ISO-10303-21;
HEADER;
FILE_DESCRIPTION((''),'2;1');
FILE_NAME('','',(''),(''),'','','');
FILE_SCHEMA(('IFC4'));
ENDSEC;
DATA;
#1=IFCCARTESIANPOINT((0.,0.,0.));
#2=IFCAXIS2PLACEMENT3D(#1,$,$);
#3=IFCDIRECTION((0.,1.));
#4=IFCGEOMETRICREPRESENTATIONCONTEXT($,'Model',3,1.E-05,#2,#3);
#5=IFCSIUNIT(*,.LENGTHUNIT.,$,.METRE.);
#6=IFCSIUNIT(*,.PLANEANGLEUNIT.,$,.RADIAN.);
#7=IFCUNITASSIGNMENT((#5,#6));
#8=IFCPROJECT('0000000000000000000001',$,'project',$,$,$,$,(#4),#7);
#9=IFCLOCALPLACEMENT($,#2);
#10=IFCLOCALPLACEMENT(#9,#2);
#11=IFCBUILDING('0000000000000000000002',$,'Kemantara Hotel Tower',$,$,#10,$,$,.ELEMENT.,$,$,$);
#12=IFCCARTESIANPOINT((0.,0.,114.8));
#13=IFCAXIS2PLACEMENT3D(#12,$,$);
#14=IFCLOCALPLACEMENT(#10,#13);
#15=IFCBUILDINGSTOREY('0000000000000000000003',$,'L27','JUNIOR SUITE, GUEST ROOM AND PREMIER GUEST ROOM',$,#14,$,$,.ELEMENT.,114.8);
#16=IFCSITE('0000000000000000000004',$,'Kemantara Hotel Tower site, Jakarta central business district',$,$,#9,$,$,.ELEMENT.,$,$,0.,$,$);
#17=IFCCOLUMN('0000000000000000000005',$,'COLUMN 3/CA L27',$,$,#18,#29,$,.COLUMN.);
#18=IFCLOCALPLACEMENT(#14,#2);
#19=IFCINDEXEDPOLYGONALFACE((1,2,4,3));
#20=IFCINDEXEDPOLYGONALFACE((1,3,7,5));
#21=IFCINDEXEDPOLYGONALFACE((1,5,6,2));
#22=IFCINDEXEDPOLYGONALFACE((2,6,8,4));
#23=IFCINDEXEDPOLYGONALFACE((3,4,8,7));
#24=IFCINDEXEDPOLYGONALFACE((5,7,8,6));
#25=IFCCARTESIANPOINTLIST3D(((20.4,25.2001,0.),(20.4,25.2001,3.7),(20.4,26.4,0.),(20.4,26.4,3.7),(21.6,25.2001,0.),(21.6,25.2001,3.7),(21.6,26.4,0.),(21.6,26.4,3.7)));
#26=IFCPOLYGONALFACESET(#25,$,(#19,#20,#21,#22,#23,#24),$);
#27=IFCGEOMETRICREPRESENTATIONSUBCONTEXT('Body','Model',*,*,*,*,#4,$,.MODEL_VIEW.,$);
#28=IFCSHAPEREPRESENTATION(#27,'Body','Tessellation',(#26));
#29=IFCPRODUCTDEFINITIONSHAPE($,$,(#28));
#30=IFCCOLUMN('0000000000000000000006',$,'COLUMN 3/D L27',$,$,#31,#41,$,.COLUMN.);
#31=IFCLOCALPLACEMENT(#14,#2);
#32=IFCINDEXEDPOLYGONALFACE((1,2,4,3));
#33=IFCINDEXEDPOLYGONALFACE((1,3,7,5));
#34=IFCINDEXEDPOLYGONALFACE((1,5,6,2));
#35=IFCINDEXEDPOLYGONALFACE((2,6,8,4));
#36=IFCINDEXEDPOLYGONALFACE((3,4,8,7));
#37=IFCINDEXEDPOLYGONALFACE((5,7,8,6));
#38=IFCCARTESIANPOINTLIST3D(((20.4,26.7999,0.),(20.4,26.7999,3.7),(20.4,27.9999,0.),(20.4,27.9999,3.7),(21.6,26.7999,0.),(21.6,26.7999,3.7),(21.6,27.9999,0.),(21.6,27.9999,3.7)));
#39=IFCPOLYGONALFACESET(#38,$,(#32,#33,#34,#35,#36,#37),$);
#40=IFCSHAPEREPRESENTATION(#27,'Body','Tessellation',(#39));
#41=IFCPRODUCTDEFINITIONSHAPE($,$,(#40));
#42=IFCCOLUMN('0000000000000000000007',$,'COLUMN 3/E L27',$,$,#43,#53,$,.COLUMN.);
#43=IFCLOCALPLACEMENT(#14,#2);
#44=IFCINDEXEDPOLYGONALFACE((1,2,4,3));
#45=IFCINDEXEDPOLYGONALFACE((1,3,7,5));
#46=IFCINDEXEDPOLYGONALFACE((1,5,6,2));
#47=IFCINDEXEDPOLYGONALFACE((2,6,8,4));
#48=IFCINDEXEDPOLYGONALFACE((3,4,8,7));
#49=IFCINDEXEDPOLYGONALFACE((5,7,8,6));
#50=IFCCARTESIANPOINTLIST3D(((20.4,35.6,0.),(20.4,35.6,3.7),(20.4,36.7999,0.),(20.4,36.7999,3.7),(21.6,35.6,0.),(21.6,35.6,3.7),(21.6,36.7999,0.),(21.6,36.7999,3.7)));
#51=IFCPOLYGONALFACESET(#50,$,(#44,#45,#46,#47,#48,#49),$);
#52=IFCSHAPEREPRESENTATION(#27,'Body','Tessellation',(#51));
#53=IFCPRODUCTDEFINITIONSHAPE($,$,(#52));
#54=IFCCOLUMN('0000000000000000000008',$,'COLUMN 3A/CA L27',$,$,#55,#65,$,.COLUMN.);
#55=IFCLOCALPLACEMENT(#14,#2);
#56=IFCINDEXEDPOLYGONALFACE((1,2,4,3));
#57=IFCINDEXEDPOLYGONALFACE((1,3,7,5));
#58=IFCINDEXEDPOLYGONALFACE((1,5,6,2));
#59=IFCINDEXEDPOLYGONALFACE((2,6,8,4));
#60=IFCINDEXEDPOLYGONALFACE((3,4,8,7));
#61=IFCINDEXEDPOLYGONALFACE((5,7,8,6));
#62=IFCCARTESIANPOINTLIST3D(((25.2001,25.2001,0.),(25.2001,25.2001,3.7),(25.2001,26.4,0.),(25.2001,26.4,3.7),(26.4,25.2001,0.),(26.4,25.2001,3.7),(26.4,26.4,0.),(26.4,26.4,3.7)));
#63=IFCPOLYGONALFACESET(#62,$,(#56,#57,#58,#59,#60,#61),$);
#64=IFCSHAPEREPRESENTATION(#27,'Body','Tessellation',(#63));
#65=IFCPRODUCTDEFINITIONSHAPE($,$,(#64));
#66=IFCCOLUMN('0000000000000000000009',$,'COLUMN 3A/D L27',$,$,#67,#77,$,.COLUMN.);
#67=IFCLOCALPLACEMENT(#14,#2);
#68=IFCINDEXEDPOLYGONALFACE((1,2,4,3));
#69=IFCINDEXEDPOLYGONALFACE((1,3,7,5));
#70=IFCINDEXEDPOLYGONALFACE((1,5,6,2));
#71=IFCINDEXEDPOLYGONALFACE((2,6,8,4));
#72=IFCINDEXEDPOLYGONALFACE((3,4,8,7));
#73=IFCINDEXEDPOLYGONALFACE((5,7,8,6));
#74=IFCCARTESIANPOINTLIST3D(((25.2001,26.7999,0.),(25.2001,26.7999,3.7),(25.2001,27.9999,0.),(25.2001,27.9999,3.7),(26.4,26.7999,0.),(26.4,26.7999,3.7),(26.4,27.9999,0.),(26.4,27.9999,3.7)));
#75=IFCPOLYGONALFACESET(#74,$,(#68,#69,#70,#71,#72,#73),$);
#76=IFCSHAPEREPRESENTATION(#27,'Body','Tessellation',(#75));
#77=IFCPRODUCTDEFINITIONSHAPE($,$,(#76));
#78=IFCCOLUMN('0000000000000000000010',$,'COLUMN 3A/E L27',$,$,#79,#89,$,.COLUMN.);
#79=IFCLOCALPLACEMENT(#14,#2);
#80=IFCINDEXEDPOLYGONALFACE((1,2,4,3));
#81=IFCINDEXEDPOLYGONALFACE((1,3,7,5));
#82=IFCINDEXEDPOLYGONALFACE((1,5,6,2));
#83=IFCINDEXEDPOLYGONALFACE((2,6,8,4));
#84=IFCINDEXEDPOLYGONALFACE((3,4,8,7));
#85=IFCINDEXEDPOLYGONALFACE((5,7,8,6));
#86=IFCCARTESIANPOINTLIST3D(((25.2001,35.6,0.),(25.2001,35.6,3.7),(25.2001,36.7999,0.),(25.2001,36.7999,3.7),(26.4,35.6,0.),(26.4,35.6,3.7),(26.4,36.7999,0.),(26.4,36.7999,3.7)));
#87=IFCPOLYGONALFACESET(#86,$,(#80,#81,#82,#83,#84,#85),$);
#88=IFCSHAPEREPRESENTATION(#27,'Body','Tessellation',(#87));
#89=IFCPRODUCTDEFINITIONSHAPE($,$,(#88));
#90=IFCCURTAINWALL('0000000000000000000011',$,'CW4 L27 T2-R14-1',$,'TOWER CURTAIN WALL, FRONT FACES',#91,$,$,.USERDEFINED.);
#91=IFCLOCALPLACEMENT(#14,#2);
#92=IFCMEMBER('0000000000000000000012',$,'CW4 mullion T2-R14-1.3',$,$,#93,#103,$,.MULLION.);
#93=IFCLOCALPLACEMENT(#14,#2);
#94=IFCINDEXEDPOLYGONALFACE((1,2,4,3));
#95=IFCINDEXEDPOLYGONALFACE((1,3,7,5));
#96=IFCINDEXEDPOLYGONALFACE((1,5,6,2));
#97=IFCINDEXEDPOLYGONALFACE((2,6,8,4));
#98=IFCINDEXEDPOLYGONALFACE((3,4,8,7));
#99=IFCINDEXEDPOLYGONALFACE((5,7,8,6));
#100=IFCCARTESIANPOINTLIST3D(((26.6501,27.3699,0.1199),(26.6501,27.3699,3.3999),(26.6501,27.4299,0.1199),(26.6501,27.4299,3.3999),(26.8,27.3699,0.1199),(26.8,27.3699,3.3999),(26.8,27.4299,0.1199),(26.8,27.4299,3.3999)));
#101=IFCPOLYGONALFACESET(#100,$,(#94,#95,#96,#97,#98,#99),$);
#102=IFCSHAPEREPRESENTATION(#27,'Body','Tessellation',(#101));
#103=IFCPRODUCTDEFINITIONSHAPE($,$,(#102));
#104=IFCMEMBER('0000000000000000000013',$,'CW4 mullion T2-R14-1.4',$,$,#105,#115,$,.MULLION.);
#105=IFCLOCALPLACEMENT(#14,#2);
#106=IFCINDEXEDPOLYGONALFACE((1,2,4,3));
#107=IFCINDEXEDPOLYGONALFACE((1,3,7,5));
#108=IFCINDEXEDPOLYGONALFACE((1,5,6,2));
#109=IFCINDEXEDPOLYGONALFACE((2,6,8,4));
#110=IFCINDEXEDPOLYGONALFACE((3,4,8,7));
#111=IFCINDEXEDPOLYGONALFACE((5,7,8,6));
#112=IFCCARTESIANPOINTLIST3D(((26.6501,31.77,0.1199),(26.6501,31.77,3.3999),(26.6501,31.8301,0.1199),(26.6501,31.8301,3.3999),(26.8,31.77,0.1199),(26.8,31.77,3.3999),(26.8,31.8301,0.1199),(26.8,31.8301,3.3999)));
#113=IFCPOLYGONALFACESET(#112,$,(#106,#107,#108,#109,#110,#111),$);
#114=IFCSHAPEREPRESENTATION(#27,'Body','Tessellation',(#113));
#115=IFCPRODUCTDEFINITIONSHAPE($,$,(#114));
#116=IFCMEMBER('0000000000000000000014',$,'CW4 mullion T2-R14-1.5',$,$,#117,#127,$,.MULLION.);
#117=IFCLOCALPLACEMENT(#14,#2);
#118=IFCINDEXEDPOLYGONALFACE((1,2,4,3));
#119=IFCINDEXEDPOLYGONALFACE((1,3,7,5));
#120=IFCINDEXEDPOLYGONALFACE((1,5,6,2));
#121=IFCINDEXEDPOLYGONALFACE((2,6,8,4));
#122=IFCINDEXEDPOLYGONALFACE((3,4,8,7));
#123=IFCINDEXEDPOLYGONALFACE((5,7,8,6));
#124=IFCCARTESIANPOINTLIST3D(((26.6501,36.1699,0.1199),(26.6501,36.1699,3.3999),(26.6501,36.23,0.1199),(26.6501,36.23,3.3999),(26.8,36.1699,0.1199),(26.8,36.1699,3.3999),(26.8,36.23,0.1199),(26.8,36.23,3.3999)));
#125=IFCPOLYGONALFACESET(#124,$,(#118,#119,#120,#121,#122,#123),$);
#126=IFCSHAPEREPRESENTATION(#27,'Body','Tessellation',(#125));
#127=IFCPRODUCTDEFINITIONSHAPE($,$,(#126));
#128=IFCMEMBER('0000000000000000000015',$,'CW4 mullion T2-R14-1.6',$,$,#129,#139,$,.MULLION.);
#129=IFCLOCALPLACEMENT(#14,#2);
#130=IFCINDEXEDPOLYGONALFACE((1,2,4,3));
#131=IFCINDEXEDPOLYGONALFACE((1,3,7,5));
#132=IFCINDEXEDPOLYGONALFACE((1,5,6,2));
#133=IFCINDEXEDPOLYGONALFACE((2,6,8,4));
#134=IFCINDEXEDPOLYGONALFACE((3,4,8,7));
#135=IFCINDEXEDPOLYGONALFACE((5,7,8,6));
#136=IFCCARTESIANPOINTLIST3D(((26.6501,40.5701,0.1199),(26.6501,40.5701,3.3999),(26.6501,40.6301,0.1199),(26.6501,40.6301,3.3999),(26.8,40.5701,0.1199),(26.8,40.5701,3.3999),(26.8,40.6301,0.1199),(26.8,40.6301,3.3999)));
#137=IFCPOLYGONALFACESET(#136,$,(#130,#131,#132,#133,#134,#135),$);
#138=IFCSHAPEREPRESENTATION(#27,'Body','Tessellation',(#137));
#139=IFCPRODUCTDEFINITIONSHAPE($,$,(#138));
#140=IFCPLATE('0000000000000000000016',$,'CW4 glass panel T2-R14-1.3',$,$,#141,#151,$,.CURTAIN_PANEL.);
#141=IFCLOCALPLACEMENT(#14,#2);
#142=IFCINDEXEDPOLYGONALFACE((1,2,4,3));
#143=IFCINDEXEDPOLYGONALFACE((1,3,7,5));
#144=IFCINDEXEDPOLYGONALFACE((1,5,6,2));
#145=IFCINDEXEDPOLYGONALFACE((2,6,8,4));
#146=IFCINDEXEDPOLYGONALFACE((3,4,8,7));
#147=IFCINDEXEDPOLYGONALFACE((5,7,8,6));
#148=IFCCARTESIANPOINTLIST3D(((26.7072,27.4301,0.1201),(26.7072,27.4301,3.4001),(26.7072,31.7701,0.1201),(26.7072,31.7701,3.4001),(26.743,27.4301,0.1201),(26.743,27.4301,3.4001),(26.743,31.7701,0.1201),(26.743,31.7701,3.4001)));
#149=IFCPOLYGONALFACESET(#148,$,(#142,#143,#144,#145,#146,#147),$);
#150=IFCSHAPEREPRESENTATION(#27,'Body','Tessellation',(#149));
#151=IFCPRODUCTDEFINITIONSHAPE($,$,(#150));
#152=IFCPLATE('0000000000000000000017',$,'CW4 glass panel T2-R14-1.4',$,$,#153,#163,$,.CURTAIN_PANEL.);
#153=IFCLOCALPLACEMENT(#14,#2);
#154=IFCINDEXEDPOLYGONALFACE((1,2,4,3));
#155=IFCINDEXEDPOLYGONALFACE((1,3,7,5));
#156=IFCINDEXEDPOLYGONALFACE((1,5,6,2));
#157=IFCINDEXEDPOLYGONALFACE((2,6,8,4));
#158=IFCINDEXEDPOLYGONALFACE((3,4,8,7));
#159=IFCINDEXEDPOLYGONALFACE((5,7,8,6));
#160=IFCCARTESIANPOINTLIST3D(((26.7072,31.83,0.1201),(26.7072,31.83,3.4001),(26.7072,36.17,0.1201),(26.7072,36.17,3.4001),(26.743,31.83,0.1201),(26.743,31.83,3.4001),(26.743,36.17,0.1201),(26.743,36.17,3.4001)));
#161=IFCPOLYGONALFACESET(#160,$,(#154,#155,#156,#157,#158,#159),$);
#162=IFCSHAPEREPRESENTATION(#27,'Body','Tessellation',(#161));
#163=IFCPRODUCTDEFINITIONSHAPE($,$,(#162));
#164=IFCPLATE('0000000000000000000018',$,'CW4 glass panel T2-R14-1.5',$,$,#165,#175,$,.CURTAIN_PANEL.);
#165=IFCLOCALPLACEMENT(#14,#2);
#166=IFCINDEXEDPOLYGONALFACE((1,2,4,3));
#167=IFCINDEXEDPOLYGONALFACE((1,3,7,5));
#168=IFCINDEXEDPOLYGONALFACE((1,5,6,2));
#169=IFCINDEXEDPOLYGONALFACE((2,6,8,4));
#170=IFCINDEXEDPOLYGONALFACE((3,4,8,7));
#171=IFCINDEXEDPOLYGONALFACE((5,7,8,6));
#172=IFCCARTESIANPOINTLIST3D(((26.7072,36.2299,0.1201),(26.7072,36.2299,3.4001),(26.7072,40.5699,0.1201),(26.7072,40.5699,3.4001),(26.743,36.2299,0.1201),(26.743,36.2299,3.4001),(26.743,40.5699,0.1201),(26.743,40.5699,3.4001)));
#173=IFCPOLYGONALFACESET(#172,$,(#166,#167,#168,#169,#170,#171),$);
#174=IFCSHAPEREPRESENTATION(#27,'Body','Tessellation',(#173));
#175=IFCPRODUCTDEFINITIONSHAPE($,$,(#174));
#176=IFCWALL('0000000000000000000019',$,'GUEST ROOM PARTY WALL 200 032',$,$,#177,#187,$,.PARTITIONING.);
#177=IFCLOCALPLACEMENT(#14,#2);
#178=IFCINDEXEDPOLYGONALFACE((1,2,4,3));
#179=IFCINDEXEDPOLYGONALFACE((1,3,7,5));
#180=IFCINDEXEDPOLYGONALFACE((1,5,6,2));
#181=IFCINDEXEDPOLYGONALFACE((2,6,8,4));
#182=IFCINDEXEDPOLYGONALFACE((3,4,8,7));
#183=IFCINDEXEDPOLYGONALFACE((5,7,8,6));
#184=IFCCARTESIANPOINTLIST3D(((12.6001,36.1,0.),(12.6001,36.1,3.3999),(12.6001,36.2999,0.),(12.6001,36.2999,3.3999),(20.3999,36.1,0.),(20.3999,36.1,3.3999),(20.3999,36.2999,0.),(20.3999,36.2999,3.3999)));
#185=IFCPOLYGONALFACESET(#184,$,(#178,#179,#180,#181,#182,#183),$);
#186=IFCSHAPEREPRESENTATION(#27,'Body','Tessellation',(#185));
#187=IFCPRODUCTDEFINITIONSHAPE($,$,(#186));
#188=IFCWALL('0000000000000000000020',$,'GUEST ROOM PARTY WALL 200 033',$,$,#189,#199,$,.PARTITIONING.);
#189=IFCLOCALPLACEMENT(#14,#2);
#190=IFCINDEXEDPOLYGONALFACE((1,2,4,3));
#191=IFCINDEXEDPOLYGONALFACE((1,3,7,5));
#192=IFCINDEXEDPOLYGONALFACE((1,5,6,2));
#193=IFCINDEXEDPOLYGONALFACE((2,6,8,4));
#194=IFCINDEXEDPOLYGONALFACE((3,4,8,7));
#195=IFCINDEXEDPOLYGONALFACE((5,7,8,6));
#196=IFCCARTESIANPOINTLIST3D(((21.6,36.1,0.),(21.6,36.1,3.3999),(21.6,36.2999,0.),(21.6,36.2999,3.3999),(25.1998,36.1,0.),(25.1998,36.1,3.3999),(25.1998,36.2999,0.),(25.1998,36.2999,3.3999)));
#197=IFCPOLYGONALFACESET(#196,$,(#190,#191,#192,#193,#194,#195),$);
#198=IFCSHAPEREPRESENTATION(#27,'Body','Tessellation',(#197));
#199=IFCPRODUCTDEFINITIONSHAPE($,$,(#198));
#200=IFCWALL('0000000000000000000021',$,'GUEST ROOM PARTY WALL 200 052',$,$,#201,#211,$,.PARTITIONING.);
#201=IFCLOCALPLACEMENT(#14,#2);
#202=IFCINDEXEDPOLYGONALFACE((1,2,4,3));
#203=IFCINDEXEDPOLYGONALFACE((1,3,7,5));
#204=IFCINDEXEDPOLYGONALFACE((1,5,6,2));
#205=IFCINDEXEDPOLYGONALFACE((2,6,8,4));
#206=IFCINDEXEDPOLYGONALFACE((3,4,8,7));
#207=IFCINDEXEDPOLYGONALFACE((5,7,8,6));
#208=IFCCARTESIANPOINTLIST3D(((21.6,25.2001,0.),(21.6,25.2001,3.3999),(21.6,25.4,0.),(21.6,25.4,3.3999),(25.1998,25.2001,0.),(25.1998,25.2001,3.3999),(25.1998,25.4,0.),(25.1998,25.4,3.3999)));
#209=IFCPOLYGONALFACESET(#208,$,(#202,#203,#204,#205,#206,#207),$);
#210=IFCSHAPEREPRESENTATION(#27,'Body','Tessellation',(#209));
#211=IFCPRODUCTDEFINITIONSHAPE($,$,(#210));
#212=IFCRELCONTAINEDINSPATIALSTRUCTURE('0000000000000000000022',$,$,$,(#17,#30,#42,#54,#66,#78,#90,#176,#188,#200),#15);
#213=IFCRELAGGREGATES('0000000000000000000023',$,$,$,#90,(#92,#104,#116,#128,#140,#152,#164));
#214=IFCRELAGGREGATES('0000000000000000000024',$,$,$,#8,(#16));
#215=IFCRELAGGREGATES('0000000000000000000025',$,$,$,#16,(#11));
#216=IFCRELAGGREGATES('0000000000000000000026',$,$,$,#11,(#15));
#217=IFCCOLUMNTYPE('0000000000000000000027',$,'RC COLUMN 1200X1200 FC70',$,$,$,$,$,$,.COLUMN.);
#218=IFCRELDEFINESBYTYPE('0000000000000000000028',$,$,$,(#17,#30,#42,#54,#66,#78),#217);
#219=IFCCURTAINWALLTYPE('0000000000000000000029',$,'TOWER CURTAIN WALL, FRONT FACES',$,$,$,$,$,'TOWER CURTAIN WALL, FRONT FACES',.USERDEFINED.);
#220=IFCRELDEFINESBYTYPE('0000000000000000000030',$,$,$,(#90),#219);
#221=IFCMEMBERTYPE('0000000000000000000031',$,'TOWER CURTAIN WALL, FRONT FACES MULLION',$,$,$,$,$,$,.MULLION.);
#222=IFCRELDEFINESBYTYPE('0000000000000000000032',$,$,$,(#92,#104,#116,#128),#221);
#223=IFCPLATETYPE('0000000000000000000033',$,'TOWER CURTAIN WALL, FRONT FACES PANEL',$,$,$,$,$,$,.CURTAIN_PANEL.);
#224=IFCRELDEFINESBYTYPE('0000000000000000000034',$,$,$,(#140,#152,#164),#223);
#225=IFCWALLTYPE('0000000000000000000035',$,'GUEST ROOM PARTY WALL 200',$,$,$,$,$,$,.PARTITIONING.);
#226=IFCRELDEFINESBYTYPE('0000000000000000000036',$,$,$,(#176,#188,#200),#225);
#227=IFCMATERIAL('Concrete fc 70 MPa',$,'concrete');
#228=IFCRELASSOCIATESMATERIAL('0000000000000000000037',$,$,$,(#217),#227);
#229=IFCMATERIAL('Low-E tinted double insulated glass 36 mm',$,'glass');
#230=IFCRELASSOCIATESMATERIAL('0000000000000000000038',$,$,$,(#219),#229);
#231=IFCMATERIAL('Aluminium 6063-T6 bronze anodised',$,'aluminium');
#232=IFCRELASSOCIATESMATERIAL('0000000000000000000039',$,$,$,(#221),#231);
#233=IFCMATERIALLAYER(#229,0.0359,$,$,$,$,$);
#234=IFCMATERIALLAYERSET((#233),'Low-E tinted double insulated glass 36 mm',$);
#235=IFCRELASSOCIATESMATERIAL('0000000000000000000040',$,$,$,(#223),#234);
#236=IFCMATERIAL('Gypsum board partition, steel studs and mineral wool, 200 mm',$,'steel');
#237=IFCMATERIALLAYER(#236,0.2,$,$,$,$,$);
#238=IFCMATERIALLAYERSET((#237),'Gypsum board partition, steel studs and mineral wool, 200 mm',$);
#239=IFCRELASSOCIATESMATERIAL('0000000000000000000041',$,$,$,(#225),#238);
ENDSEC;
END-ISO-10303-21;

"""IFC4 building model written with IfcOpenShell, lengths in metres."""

from ifc_helpers import new_model, si_unit, direction, frame, frame_2d, origin, origin_2d, place, context, subcontext, project, spatial, rectangle, extrude, source, transform, mapped, material, layer, layer_set, material_profile, profile_set, type_object, element, aggregate, save


model = new_model("IFC4")

# Units and contexts
model_context = context("Model", 3, precision=1e-05, world=origin(), true_north=direction((0.0, 1.0)))
body_context = subcontext(model_context, "Body", "Model", "MODEL_VIEW")
ifc_project = project(units=[si_unit("LENGTHUNIT", "METRE"), si_unit("PLANEANGLEUNIT", "RADIAN")], contexts=[model_context])

# Site, building, storey
site_placement = place(None, origin())
site = spatial("IfcSite", under=ifc_project, at=site_placement, Name="Kemantara Hotel Tower site, Jakarta central business district", CompositionType="ELEMENT", RefElevation=0.0)
building_placement = place(site_placement, origin())
building = spatial("IfcBuilding", under=site, at=building_placement, Name="Kemantara Hotel Tower", CompositionType="ELEMENT")
storey_placement = place(building_placement, frame((0.0, 0.0, 114.8)))
storey = spatial("IfcBuildingStorey", under=building, at=storey_placement, Name="L27", Description="JUNIOR SUITE, GUEST ROOM AND PREMIER GUEST ROOM", CompositionType="ELEMENT", Elevation=114.8)

# Columns
ifc_material_1 = material(Name="Concrete fc 70 MPa", Category="concrete")
ifc_material_profile_1 = material_profile(ifc_material_1, rectangle(XDim=1.2, YDim=1.2, at=origin_2d()), Name="RC 1200X1200")
ifc_profile_set_1 = profile_set([ifc_material_profile_1], Name="Concrete fc 70 MPa")
column_type = type_object("IfcColumnType", Name="RC COLUMN 1200X1200 FC70", PredefinedType="COLUMN", material=ifc_profile_set_1)
for number, where, z_axis, x_axis, name in (
    (1, (21.0, 25.8, 0.0), (0.0, 0.0, 1.0), (1.0, 0.0, 0.0), "COLUMN 3/CA L27"),
    (2, (21.0, 27.3999, 0.0), (0.0, 0.0, 1.0), (1.0, 0.0, 0.0), "COLUMN 3/D L27"),
    (3, (21.0, 36.2, 0.0), (0.0, 0.0, 1.0), (1.0, 0.0, 0.0), "COLUMN 3/E L27"),
    (4, (25.8, 25.8, 0.0), (0.0, 0.0, 1.0), (1.0, 0.0, 0.0), "COLUMN 3A/CA L27"),
    (5, (25.8, 27.3999, 0.0), (0.0, 0.0, 1.0), (1.0, 0.0, 0.0), "COLUMN 3A/D L27"),
    (6, (25.8, 36.2, 0.0), (0.0, 0.0, 1.0), (1.0, 0.0, 0.0), "COLUMN 3A/E L27"),
):
    element("IfcColumn", number, at=place(storey_placement, frame(where, z_axis=z_axis, x_axis=x_axis)), inside=storey, type_object=column_type, Name=name, PredefinedType="COLUMN", context=body_context, shape_type="SweptSolid", body=[
        extrude(rectangle(XDim=1.2, YDim=1.2, at=origin_2d()), origin(), (0.0, 0.0, 1.0), 3.7),
    ])

# Curtain wall, members, plates
ifc_material_2 = material(Name="Low-E tinted double insulated glass 36 mm", Category="glass")
curtain_wall_type = type_object("IfcCurtainWallType", Name="TOWER CURTAIN WALL, FRONT FACES", ElementType="TOWER CURTAIN WALL, FRONT FACES", PredefinedType="USERDEFINED", material=ifc_material_2)
curtain_wall_placement = place(storey_placement, origin())
curtain_wall = element("IfcCurtainWall", 7, at=curtain_wall_placement, inside=storey, type_object=curtain_wall_type, Name="CW4 L27 T2-R14-1", ObjectType="TOWER CURTAIN WALL, FRONT FACES", PredefinedType="USERDEFINED")
ifc_material_3 = material(Name="Aluminium 6063-T6 bronze anodised", Category="aluminium")
ifc_material_profile_2 = material_profile(ifc_material_3, rectangle(XDim=0.1499, YDim=0.0601, at=origin_2d()), Name="TOWER CURTAIN WALL, FRONT FACES MULLION")
ifc_profile_set_2 = profile_set([ifc_material_profile_2], Name="Aluminium 6063-T6 bronze anodised")
member_type = type_object("IfcMemberType", Name="TOWER CURTAIN WALL, FRONT FACES MULLION", PredefinedType="MULLION", material=ifc_profile_set_2)
shared_shape_1 = source(origin(), body_context, "Body", "SweptSolid", [
    extrude(rectangle(XDim=0.1499, YDim=0.0601, at=origin_2d()), origin(), (0.0, 0.0, 1.0), 3.28),
])
member_1_placement = place(storey_placement, frame((26.7251, 27.3999, 0.1199), z_axis=(0.0, 0.0, 1.0), x_axis=(-1.0, 0.0, 0.0)))
member_1 = element("IfcMember", 8, at=member_1_placement, type_object=member_type, Name="CW4 mullion T2-R14-1.3", PredefinedType="MULLION", context=body_context, shape_type="MappedRepresentation", body=[
    mapped(shared_shape_1, transform((0.0, 0.0, 0.0))),
])
member_2_placement = place(storey_placement, frame((26.7251, 31.8, 0.1199), z_axis=(0.0, 0.0, 1.0), x_axis=(-1.0, 0.0, 0.0)))
member_2 = element("IfcMember", 9, at=member_2_placement, type_object=member_type, Name="CW4 mullion T2-R14-1.4", PredefinedType="MULLION", context=body_context, shape_type="MappedRepresentation", body=[
    mapped(shared_shape_1, transform((0.0, 0.0, 0.0))),
])
member_3_placement = place(storey_placement, frame((26.7251, 36.2, 0.1199), z_axis=(0.0, 0.0, 1.0), x_axis=(-1.0, 0.0, 0.0)))
member_3 = element("IfcMember", 10, at=member_3_placement, type_object=member_type, Name="CW4 mullion T2-R14-1.5", PredefinedType="MULLION", context=body_context, shape_type="MappedRepresentation", body=[
    mapped(shared_shape_1, transform((0.0, 0.0, 0.0))),
])
member_4_placement = place(storey_placement, frame((26.7251, 40.6001, 0.1199), z_axis=(0.0, 0.0, 1.0), x_axis=(-1.0, 0.0, 0.0)))
member_4 = element("IfcMember", 11, at=member_4_placement, type_object=member_type, Name="CW4 mullion T2-R14-1.6", PredefinedType="MULLION", context=body_context, shape_type="MappedRepresentation", body=[
    mapped(shared_shape_1, transform((0.0, 0.0, 0.0))),
])
ifc_layer_1 = layer(ifc_material_2, 0.0359)
ifc_layer_set_1 = layer_set([ifc_layer_1], Name="Low-E tinted double insulated glass 36 mm")
plate_type = type_object("IfcPlateType", Name="TOWER CURTAIN WALL, FRONT FACES PANEL", PredefinedType="CURTAIN_PANEL", material=ifc_layer_set_1)
shared_shape_2 = source(origin(), body_context, "Body", "SweptSolid", [
    extrude(rectangle(XDim=4.3401, YDim=0.0359, at=origin_2d()), origin(), (0.0, 0.0, 1.0), 3.28),
])
plate_1_placement = place(storey_placement, frame((26.7251, 29.6001, 0.1201), z_axis=(0.0, 0.0, 1.0), x_axis=(0.0, 1.0, 0.0)))
plate_1 = element("IfcPlate", 12, at=plate_1_placement, type_object=plate_type, Name="CW4 glass panel T2-R14-1.3", PredefinedType="CURTAIN_PANEL", context=body_context, shape_type="MappedRepresentation", body=[
    mapped(shared_shape_2, transform((0.0, 0.0, 0.0))),
])
plate_2_placement = place(storey_placement, frame((26.7251, 34.0, 0.1201), z_axis=(0.0, 0.0, 1.0), x_axis=(0.0, 1.0, 0.0)))
plate_2 = element("IfcPlate", 13, at=plate_2_placement, type_object=plate_type, Name="CW4 glass panel T2-R14-1.4", PredefinedType="CURTAIN_PANEL", context=body_context, shape_type="MappedRepresentation", body=[
    mapped(shared_shape_2, transform((0.0, 0.0, 0.0))),
])
plate_3_placement = place(storey_placement, frame((26.7251, 38.3999, 0.1201), z_axis=(0.0, 0.0, 1.0), x_axis=(0.0, 1.0, 0.0)))
plate_3 = element("IfcPlate", 14, at=plate_3_placement, type_object=plate_type, Name="CW4 glass panel T2-R14-1.5", PredefinedType="CURTAIN_PANEL", context=body_context, shape_type="MappedRepresentation", body=[
    mapped(shared_shape_2, transform((0.0, 0.0, 0.0))),
])
aggregate(curtain_wall, [member_1, member_2, member_3, member_4, plate_1, plate_2, plate_3])

# Walls
ifc_material_4 = material(Name="Gypsum board partition, steel studs and mineral wool, 200 mm", Category="steel")
ifc_layer_2 = layer(ifc_material_4, 0.2)
ifc_layer_set_2 = layer_set([ifc_layer_2], Name="Gypsum board partition, steel studs and mineral wool, 200 mm")
wall_type_1 = type_object("IfcWallType", Name="GUEST ROOM PARTY WALL 200", PredefinedType="PARTITIONING", material=ifc_layer_set_2)
wall_1_placement = place(storey_placement, frame((12.6001, 36.2, 0.0), z_axis=(0.0, 0.0, 1.0), x_axis=(1.0, 0.0, 0.0)))
element("IfcWall", 15, at=wall_1_placement, inside=storey, type_object=wall_type_1, Name="GUEST ROOM PARTY WALL 200 032", PredefinedType="PARTITIONING", context=body_context, shape_type="SweptSolid", body=[
    extrude(rectangle(XDim=7.7998, YDim=0.2, at=frame_2d((3.8999, 0.0))), origin(), (0.0, 0.0, 1.0), 3.3999),
])
for number, where, z_axis, x_axis, name in (
    (16, (21.6001, 36.2, 0.0), (0.0, 0.0, 1.0), (1.0, 0.0, 0.0), "GUEST ROOM PARTY WALL 200 033"),
    (17, (21.6001, 25.3, 0.0), (0.0, 0.0, 1.0), (1.0, 0.0, 0.0), "GUEST ROOM PARTY WALL 200 052"),
):
    element("IfcWall", number, at=place(storey_placement, frame(where, z_axis=z_axis, x_axis=x_axis)), inside=storey, type_object=wall_type_1, Name=name, PredefinedType="PARTITIONING", context=body_context, shape_type="SweptSolid", body=[
        extrude(rectangle(XDim=3.5999, YDim=0.2, at=frame_2d((1.7998, 0.0))), origin(), (0.0, 0.0, 1.0), 3.3999),
    ])

save(model, "model.ifc")
